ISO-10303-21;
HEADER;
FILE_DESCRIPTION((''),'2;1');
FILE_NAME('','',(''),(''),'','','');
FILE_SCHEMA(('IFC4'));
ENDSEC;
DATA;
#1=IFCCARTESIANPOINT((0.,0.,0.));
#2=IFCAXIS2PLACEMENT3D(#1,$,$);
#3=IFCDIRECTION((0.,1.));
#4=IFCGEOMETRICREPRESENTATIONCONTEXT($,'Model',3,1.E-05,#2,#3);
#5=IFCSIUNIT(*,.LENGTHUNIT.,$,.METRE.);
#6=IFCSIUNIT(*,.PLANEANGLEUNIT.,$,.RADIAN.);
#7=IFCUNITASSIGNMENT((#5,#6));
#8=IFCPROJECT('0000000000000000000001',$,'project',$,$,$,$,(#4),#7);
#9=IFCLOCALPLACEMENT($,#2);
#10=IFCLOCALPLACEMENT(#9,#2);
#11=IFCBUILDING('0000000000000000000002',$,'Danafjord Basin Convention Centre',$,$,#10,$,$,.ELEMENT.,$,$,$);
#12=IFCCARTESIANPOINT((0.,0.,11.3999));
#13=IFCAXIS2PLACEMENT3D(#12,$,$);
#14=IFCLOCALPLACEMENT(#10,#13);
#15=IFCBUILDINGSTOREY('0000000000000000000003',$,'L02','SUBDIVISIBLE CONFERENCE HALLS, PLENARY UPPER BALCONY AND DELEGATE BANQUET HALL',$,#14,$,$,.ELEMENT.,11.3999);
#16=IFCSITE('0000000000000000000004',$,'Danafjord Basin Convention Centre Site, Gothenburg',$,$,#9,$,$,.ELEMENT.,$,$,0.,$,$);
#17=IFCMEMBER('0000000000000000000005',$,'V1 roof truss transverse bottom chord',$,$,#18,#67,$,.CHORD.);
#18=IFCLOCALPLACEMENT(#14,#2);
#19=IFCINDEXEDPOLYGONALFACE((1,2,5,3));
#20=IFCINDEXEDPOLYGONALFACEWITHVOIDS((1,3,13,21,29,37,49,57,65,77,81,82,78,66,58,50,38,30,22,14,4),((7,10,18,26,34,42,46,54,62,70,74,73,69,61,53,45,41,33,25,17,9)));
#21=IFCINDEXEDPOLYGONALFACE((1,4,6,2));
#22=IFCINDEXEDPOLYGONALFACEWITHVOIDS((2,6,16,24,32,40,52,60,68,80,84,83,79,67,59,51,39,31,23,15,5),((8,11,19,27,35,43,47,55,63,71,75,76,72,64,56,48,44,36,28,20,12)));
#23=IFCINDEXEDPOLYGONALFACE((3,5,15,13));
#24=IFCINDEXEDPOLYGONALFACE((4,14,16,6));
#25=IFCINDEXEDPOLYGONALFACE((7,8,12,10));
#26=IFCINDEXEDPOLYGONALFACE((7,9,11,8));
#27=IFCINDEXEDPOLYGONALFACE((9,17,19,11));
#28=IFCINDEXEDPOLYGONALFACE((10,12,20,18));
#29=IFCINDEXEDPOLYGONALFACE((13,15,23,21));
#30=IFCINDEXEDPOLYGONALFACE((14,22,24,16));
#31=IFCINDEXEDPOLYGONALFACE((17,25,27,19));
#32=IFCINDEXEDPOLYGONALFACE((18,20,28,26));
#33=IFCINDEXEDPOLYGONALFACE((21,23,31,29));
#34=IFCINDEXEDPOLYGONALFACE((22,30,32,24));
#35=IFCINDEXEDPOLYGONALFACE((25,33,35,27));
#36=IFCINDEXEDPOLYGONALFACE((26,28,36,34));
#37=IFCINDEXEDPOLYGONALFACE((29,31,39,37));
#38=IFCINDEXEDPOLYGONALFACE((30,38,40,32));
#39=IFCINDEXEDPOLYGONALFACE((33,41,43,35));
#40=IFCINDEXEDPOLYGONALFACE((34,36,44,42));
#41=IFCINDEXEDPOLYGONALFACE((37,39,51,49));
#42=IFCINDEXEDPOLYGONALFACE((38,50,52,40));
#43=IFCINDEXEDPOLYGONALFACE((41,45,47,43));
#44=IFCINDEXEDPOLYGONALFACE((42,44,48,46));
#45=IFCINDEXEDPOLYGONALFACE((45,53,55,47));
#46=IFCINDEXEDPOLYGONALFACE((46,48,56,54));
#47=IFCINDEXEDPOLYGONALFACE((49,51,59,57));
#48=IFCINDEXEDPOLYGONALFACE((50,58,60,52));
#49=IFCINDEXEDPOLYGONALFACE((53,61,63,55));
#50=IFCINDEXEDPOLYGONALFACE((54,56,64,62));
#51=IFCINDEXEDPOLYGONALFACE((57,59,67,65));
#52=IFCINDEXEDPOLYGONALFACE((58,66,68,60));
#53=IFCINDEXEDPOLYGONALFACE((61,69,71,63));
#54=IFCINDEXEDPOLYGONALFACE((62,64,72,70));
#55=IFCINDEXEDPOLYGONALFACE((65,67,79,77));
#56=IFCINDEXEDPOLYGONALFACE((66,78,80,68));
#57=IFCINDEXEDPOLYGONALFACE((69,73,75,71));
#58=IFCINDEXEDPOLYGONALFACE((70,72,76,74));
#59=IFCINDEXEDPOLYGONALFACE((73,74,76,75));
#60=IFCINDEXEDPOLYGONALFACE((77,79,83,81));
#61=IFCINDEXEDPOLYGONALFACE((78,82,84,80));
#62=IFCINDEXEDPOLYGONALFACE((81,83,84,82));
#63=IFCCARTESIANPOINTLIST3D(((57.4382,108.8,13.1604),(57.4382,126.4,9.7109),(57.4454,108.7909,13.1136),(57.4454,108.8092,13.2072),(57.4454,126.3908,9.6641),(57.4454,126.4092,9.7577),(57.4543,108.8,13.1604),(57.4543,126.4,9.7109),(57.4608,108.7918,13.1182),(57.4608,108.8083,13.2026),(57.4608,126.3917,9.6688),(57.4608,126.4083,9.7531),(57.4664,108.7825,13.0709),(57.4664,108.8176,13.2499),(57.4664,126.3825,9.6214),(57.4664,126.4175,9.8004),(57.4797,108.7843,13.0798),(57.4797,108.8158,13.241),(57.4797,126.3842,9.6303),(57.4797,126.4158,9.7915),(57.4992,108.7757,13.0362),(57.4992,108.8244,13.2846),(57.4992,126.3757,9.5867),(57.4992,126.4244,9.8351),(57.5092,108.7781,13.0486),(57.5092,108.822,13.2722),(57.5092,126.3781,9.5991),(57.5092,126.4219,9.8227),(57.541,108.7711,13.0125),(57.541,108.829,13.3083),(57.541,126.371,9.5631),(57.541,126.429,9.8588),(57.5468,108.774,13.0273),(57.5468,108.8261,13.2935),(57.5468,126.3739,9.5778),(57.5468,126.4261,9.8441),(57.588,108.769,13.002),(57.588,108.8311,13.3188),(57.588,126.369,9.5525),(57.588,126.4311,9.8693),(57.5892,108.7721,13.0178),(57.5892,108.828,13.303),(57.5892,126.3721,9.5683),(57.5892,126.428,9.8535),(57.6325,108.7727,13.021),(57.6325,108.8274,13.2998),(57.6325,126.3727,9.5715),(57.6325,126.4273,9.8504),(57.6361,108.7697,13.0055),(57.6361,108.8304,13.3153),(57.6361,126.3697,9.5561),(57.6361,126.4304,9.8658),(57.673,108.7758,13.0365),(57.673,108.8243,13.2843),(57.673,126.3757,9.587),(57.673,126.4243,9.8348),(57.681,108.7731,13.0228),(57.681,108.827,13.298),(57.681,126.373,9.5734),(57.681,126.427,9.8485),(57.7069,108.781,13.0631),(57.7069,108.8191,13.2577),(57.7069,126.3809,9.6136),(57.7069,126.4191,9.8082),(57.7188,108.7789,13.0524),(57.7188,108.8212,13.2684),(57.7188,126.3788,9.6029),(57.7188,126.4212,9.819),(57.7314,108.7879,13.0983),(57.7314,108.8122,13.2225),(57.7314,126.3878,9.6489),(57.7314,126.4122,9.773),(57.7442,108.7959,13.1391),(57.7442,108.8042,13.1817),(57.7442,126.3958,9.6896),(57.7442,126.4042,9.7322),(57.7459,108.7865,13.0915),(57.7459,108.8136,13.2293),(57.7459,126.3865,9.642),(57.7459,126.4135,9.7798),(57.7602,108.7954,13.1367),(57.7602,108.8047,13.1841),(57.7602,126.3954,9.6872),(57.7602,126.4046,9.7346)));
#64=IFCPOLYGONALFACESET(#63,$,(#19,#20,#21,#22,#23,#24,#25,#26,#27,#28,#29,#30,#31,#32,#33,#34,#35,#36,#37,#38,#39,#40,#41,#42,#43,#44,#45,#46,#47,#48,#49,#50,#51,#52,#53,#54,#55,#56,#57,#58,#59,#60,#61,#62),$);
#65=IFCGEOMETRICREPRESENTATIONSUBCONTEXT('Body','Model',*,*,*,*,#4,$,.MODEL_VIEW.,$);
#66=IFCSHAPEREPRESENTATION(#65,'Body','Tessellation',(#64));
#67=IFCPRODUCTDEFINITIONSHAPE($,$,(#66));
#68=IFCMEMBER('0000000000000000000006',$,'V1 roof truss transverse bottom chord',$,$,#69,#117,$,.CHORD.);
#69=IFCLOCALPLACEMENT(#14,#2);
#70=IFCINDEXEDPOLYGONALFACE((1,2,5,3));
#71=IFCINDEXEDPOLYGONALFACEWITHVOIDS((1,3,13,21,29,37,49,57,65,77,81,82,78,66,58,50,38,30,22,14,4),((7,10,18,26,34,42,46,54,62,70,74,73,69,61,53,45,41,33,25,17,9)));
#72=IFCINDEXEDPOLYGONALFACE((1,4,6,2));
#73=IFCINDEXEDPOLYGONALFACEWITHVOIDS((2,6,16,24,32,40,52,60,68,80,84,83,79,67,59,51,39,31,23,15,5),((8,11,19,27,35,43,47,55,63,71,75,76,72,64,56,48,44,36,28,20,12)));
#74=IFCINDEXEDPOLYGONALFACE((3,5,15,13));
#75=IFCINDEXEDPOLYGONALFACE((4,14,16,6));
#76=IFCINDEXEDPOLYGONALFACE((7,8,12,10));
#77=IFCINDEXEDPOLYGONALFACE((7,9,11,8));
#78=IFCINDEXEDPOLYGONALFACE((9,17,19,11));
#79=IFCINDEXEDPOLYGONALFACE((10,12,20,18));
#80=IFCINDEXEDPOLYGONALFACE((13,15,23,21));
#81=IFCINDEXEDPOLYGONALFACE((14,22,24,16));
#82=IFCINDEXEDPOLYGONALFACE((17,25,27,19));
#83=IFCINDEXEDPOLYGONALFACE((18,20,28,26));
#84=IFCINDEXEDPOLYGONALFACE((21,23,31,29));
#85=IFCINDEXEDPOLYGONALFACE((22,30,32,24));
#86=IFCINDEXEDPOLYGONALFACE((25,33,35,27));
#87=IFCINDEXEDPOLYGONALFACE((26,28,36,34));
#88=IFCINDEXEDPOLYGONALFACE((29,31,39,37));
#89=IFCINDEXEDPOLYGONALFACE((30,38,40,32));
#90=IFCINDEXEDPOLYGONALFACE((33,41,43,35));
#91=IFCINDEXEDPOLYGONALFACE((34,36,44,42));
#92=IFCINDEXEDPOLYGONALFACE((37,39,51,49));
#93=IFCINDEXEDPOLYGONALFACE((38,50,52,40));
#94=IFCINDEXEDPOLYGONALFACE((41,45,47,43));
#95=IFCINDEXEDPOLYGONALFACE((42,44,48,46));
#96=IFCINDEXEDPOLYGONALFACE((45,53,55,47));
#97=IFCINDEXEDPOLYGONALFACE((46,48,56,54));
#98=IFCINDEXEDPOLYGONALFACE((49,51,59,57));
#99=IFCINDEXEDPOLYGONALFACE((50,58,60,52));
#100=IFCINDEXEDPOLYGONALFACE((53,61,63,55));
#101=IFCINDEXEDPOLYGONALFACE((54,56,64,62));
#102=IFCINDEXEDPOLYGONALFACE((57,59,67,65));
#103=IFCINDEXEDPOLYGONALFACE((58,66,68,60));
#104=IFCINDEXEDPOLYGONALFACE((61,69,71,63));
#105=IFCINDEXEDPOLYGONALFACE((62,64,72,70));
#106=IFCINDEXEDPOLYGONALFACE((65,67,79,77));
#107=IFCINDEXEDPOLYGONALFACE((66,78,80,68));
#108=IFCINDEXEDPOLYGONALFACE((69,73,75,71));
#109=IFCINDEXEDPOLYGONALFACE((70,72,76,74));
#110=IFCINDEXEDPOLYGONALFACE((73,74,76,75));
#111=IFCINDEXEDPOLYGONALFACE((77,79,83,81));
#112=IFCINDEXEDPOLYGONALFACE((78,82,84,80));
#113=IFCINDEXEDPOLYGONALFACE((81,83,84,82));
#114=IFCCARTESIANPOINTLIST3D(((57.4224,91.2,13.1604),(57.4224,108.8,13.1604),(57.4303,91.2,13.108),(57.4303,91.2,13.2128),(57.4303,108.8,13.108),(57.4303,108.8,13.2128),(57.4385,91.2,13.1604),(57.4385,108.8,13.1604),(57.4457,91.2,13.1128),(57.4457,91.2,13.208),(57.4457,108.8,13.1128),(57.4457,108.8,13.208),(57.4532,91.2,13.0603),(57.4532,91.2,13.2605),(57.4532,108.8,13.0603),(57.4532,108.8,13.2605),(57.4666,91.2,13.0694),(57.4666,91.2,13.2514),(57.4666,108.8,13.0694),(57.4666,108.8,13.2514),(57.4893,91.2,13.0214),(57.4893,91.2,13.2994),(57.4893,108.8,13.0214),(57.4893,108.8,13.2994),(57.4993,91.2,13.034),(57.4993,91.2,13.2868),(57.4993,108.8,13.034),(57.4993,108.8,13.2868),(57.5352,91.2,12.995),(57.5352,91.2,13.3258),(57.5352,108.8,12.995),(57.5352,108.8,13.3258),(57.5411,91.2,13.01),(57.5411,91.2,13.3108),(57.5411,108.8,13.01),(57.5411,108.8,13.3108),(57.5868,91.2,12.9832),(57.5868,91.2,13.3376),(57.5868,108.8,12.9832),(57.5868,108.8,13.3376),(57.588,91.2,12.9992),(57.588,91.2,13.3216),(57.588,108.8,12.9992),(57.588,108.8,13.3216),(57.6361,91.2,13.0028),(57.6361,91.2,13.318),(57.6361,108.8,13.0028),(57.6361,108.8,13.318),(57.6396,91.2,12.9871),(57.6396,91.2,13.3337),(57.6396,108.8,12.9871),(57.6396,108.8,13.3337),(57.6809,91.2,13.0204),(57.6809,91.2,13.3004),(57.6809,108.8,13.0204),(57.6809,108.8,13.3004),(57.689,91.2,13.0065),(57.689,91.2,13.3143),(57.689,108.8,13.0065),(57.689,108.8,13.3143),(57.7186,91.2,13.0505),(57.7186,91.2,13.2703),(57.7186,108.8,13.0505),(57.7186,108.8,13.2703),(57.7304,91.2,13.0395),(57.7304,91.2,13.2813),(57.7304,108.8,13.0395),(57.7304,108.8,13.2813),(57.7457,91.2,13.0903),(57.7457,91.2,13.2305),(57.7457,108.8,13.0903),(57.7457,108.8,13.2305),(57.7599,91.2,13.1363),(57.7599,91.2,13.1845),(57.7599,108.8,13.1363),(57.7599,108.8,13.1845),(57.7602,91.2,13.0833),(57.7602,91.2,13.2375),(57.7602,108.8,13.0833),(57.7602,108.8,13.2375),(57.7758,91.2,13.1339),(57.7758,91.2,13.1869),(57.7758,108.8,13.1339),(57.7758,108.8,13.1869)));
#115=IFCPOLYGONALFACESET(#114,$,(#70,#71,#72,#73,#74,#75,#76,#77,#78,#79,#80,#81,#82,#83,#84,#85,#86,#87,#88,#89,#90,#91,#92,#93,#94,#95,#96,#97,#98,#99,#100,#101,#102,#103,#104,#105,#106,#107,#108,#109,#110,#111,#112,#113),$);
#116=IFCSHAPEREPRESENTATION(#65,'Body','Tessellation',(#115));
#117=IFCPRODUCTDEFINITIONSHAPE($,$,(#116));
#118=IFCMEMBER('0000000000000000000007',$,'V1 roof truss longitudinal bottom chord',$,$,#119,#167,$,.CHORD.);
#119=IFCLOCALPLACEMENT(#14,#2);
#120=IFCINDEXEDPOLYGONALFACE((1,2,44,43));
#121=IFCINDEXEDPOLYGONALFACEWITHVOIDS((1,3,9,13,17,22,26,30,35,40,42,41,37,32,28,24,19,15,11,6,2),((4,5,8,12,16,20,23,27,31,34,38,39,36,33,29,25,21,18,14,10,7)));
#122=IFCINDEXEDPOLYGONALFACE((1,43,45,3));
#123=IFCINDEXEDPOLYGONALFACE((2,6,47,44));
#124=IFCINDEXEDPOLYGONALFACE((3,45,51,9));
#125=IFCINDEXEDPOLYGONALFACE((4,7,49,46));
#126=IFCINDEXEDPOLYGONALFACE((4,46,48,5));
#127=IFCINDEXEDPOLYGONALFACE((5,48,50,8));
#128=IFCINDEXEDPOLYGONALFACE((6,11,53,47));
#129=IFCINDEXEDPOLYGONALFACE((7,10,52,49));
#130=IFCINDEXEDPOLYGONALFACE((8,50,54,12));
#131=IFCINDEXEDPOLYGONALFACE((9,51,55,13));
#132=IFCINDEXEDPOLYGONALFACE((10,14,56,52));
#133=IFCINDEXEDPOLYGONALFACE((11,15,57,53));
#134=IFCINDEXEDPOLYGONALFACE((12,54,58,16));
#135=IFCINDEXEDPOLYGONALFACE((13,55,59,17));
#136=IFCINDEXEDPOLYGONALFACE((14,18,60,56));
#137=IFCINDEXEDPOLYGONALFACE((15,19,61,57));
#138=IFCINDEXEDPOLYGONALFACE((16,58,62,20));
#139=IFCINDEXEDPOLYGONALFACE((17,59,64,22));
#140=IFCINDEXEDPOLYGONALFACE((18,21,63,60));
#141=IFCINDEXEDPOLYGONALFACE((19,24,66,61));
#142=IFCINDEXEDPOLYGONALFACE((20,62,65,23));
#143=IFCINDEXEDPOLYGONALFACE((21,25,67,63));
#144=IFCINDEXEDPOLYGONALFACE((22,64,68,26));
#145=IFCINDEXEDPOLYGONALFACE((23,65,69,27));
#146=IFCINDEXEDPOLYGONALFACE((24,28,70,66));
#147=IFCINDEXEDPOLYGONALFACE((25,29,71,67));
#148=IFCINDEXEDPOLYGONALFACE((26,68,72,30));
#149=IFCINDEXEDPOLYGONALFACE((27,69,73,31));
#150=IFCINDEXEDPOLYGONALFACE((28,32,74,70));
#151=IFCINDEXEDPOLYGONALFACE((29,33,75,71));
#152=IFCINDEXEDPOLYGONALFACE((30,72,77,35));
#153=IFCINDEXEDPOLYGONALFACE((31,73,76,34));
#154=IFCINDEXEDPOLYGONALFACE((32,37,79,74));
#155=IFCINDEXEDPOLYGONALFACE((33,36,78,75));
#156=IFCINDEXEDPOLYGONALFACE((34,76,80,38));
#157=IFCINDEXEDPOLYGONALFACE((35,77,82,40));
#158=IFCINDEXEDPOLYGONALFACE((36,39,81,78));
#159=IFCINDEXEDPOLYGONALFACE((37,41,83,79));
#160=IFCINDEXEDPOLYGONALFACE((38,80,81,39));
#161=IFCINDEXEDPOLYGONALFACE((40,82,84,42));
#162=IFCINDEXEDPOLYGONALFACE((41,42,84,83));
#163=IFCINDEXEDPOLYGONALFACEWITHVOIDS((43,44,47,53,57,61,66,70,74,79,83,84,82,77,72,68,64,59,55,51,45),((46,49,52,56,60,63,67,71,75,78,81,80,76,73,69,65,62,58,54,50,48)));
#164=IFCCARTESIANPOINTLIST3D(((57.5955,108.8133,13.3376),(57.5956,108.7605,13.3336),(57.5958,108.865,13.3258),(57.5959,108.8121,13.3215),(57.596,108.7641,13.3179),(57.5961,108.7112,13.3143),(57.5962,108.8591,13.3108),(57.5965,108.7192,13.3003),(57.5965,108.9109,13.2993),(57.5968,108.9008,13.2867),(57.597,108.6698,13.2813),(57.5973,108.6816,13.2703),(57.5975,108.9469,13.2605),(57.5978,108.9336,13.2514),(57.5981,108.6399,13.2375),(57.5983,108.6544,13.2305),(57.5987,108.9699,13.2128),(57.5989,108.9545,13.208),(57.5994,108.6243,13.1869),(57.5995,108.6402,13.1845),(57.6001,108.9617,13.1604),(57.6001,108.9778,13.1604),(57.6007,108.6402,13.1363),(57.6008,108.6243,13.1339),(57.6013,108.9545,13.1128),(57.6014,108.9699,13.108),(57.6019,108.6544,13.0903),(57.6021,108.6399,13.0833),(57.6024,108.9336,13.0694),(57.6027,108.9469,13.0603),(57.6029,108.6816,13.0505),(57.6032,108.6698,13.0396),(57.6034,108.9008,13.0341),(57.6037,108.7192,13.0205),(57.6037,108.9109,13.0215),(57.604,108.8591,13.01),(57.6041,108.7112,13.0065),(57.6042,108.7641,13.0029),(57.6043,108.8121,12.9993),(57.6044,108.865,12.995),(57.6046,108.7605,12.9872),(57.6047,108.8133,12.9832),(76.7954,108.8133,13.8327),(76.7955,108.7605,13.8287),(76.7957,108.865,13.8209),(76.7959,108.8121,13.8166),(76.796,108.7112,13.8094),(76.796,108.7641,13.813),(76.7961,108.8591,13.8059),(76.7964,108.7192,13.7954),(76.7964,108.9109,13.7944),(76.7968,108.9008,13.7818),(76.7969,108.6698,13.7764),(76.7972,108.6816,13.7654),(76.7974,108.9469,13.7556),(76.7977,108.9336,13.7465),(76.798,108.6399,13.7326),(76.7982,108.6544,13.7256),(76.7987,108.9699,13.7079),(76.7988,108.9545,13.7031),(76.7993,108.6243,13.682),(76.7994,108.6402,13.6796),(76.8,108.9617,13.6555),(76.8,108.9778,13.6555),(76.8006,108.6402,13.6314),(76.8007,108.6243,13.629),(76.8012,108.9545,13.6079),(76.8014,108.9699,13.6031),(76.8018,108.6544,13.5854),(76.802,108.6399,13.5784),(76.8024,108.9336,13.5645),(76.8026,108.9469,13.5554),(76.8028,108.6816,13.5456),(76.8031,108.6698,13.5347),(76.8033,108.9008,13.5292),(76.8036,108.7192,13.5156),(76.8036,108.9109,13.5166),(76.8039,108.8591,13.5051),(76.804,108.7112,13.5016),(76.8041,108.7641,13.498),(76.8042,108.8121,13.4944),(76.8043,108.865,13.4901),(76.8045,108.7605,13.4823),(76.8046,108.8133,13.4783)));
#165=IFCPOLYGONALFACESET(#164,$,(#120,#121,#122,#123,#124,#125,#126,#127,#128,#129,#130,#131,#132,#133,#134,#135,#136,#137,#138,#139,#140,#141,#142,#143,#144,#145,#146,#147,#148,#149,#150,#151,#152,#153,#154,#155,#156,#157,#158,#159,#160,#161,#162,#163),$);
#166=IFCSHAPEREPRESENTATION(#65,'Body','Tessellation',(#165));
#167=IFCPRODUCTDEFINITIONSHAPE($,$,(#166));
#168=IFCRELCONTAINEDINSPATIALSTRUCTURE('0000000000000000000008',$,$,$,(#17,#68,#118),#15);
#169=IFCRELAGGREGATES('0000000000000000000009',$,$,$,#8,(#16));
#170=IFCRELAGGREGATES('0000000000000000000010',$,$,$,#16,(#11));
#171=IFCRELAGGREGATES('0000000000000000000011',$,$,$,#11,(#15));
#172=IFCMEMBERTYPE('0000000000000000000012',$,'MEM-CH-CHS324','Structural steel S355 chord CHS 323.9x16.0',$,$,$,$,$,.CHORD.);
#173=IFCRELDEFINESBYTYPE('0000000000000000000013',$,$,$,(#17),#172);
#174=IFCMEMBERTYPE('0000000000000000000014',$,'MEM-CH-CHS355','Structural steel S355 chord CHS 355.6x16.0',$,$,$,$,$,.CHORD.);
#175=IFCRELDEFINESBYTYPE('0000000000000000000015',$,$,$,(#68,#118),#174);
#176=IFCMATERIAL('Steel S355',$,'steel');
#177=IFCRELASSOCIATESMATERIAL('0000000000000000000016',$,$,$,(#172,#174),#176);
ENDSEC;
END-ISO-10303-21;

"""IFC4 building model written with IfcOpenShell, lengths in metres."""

from ifc_helpers import new_model, si_unit, direction, frame, origin, origin_2d, place, context, subcontext, project, spatial, hollow_circle, extrude, material, material_profile, profile_set, type_object, element, save


model = new_model("IFC4")

# Units and contexts
model_context = context("Model", 3, precision=1e-05, world=origin(), true_north=direction((0.0, 1.0)))
body_context = subcontext(model_context, "Body", "Model", "MODEL_VIEW")
ifc_project = project(units=[si_unit("LENGTHUNIT", "METRE"), si_unit("PLANEANGLEUNIT", "RADIAN")], contexts=[model_context])

# Site, building, storey
site_placement = place(None, origin())
site = spatial("IfcSite", under=ifc_project, at=site_placement, Name="Danafjord Basin Convention Centre Site, Gothenburg", CompositionType="ELEMENT", RefElevation=0.0)
building_placement = place(site_placement, origin())
building = spatial("IfcBuilding", under=site, at=building_placement, Name="Danafjord Basin Convention Centre", CompositionType="ELEMENT")
storey_placement = place(building_placement, frame((0.0, 0.0, 11.3999)))
storey = spatial("IfcBuildingStorey", under=building, at=storey_placement, Name="L02", Description="SUBDIVISIBLE CONFERENCE HALLS, PLENARY UPPER BALCONY AND DELEGATE BANQUET HALL", CompositionType="ELEMENT", Elevation=11.3999)

# Members
ifc_material = material(Name="Steel S355", Category="steel")
ifc_material_profile_1 = material_profile(ifc_material, hollow_circle(Radius=0.1619, WallThickness=0.0161, at=origin_2d()), Name="CHS 323.9x16.0")
ifc_profile_set_1 = profile_set([ifc_material_profile_1], Name="Steel S355")
member_type_1 = type_object("IfcMemberType", Name="MEM-CH-CHS324", Description="Structural steel S355 chord CHS 323.9x16.0", PredefinedType="CHORD", material=ifc_profile_set_1)
member_1_placement = place(storey_placement, frame((57.6001, 108.8, 13.1604), z_axis=(0.0, 0.981329, -0.192335), x_axis=(-1.0, 0.0, 0.0)))
element("IfcMember", 1, at=member_1_placement, inside=storey, type_object=member_type_1, Name="V1 roof truss transverse bottom chord", PredefinedType="CHORD", context=body_context, shape_type="SweptSolid", body=[
    extrude(hollow_circle(Radius=0.1619, WallThickness=0.0161, at=origin_2d()), origin(), (0.0, 0.0, 1.0), 17.9348),
])
ifc_material_profile_2 = material_profile(ifc_material, hollow_circle(Radius=0.1777, WallThickness=0.0161, at=origin_2d()), Name="CHS 355.6x16.0")
ifc_profile_set_2 = profile_set([ifc_material_profile_2], Name="Steel S355")
member_type_2 = type_object("IfcMemberType", Name="MEM-CH-CHS355", Description="Structural steel S355 chord CHS 355.6x16.0", PredefinedType="CHORD", material=ifc_profile_set_2)
member_2_placement = place(storey_placement, frame((57.6001, 91.2, 13.1604), z_axis=(0.0, 1.0, 0.0), x_axis=(-1.0, 0.0, 0.0)))
element("IfcMember", 2, at=member_2_placement, inside=storey, type_object=member_type_2, Name="V1 roof truss transverse bottom chord", PredefinedType="CHORD", context=body_context, shape_type="SweptSolid", body=[
    extrude(hollow_circle(Radius=0.1777, WallThickness=0.0161, at=origin_2d()), origin(), (0.0, 0.0, 1.0), 17.6001),
])
member_3_placement = place(storey_placement, frame((57.6001, 108.8, 13.1604), z_axis=(0.999668, 0.0, 0.025779), x_axis=(0.0, 1.0, 0.0)))
element("IfcMember", 3, at=member_3_placement, inside=storey, type_object=member_type_2, Name="V1 roof truss longitudinal bottom chord", PredefinedType="CHORD", context=body_context, shape_type="SweptSolid", body=[
    extrude(hollow_circle(Radius=0.1777, WallThickness=0.0161, at=origin_2d()), origin(), (0.0, 0.0, 1.0), 19.2063),
])

save(model, "model.ifc")
